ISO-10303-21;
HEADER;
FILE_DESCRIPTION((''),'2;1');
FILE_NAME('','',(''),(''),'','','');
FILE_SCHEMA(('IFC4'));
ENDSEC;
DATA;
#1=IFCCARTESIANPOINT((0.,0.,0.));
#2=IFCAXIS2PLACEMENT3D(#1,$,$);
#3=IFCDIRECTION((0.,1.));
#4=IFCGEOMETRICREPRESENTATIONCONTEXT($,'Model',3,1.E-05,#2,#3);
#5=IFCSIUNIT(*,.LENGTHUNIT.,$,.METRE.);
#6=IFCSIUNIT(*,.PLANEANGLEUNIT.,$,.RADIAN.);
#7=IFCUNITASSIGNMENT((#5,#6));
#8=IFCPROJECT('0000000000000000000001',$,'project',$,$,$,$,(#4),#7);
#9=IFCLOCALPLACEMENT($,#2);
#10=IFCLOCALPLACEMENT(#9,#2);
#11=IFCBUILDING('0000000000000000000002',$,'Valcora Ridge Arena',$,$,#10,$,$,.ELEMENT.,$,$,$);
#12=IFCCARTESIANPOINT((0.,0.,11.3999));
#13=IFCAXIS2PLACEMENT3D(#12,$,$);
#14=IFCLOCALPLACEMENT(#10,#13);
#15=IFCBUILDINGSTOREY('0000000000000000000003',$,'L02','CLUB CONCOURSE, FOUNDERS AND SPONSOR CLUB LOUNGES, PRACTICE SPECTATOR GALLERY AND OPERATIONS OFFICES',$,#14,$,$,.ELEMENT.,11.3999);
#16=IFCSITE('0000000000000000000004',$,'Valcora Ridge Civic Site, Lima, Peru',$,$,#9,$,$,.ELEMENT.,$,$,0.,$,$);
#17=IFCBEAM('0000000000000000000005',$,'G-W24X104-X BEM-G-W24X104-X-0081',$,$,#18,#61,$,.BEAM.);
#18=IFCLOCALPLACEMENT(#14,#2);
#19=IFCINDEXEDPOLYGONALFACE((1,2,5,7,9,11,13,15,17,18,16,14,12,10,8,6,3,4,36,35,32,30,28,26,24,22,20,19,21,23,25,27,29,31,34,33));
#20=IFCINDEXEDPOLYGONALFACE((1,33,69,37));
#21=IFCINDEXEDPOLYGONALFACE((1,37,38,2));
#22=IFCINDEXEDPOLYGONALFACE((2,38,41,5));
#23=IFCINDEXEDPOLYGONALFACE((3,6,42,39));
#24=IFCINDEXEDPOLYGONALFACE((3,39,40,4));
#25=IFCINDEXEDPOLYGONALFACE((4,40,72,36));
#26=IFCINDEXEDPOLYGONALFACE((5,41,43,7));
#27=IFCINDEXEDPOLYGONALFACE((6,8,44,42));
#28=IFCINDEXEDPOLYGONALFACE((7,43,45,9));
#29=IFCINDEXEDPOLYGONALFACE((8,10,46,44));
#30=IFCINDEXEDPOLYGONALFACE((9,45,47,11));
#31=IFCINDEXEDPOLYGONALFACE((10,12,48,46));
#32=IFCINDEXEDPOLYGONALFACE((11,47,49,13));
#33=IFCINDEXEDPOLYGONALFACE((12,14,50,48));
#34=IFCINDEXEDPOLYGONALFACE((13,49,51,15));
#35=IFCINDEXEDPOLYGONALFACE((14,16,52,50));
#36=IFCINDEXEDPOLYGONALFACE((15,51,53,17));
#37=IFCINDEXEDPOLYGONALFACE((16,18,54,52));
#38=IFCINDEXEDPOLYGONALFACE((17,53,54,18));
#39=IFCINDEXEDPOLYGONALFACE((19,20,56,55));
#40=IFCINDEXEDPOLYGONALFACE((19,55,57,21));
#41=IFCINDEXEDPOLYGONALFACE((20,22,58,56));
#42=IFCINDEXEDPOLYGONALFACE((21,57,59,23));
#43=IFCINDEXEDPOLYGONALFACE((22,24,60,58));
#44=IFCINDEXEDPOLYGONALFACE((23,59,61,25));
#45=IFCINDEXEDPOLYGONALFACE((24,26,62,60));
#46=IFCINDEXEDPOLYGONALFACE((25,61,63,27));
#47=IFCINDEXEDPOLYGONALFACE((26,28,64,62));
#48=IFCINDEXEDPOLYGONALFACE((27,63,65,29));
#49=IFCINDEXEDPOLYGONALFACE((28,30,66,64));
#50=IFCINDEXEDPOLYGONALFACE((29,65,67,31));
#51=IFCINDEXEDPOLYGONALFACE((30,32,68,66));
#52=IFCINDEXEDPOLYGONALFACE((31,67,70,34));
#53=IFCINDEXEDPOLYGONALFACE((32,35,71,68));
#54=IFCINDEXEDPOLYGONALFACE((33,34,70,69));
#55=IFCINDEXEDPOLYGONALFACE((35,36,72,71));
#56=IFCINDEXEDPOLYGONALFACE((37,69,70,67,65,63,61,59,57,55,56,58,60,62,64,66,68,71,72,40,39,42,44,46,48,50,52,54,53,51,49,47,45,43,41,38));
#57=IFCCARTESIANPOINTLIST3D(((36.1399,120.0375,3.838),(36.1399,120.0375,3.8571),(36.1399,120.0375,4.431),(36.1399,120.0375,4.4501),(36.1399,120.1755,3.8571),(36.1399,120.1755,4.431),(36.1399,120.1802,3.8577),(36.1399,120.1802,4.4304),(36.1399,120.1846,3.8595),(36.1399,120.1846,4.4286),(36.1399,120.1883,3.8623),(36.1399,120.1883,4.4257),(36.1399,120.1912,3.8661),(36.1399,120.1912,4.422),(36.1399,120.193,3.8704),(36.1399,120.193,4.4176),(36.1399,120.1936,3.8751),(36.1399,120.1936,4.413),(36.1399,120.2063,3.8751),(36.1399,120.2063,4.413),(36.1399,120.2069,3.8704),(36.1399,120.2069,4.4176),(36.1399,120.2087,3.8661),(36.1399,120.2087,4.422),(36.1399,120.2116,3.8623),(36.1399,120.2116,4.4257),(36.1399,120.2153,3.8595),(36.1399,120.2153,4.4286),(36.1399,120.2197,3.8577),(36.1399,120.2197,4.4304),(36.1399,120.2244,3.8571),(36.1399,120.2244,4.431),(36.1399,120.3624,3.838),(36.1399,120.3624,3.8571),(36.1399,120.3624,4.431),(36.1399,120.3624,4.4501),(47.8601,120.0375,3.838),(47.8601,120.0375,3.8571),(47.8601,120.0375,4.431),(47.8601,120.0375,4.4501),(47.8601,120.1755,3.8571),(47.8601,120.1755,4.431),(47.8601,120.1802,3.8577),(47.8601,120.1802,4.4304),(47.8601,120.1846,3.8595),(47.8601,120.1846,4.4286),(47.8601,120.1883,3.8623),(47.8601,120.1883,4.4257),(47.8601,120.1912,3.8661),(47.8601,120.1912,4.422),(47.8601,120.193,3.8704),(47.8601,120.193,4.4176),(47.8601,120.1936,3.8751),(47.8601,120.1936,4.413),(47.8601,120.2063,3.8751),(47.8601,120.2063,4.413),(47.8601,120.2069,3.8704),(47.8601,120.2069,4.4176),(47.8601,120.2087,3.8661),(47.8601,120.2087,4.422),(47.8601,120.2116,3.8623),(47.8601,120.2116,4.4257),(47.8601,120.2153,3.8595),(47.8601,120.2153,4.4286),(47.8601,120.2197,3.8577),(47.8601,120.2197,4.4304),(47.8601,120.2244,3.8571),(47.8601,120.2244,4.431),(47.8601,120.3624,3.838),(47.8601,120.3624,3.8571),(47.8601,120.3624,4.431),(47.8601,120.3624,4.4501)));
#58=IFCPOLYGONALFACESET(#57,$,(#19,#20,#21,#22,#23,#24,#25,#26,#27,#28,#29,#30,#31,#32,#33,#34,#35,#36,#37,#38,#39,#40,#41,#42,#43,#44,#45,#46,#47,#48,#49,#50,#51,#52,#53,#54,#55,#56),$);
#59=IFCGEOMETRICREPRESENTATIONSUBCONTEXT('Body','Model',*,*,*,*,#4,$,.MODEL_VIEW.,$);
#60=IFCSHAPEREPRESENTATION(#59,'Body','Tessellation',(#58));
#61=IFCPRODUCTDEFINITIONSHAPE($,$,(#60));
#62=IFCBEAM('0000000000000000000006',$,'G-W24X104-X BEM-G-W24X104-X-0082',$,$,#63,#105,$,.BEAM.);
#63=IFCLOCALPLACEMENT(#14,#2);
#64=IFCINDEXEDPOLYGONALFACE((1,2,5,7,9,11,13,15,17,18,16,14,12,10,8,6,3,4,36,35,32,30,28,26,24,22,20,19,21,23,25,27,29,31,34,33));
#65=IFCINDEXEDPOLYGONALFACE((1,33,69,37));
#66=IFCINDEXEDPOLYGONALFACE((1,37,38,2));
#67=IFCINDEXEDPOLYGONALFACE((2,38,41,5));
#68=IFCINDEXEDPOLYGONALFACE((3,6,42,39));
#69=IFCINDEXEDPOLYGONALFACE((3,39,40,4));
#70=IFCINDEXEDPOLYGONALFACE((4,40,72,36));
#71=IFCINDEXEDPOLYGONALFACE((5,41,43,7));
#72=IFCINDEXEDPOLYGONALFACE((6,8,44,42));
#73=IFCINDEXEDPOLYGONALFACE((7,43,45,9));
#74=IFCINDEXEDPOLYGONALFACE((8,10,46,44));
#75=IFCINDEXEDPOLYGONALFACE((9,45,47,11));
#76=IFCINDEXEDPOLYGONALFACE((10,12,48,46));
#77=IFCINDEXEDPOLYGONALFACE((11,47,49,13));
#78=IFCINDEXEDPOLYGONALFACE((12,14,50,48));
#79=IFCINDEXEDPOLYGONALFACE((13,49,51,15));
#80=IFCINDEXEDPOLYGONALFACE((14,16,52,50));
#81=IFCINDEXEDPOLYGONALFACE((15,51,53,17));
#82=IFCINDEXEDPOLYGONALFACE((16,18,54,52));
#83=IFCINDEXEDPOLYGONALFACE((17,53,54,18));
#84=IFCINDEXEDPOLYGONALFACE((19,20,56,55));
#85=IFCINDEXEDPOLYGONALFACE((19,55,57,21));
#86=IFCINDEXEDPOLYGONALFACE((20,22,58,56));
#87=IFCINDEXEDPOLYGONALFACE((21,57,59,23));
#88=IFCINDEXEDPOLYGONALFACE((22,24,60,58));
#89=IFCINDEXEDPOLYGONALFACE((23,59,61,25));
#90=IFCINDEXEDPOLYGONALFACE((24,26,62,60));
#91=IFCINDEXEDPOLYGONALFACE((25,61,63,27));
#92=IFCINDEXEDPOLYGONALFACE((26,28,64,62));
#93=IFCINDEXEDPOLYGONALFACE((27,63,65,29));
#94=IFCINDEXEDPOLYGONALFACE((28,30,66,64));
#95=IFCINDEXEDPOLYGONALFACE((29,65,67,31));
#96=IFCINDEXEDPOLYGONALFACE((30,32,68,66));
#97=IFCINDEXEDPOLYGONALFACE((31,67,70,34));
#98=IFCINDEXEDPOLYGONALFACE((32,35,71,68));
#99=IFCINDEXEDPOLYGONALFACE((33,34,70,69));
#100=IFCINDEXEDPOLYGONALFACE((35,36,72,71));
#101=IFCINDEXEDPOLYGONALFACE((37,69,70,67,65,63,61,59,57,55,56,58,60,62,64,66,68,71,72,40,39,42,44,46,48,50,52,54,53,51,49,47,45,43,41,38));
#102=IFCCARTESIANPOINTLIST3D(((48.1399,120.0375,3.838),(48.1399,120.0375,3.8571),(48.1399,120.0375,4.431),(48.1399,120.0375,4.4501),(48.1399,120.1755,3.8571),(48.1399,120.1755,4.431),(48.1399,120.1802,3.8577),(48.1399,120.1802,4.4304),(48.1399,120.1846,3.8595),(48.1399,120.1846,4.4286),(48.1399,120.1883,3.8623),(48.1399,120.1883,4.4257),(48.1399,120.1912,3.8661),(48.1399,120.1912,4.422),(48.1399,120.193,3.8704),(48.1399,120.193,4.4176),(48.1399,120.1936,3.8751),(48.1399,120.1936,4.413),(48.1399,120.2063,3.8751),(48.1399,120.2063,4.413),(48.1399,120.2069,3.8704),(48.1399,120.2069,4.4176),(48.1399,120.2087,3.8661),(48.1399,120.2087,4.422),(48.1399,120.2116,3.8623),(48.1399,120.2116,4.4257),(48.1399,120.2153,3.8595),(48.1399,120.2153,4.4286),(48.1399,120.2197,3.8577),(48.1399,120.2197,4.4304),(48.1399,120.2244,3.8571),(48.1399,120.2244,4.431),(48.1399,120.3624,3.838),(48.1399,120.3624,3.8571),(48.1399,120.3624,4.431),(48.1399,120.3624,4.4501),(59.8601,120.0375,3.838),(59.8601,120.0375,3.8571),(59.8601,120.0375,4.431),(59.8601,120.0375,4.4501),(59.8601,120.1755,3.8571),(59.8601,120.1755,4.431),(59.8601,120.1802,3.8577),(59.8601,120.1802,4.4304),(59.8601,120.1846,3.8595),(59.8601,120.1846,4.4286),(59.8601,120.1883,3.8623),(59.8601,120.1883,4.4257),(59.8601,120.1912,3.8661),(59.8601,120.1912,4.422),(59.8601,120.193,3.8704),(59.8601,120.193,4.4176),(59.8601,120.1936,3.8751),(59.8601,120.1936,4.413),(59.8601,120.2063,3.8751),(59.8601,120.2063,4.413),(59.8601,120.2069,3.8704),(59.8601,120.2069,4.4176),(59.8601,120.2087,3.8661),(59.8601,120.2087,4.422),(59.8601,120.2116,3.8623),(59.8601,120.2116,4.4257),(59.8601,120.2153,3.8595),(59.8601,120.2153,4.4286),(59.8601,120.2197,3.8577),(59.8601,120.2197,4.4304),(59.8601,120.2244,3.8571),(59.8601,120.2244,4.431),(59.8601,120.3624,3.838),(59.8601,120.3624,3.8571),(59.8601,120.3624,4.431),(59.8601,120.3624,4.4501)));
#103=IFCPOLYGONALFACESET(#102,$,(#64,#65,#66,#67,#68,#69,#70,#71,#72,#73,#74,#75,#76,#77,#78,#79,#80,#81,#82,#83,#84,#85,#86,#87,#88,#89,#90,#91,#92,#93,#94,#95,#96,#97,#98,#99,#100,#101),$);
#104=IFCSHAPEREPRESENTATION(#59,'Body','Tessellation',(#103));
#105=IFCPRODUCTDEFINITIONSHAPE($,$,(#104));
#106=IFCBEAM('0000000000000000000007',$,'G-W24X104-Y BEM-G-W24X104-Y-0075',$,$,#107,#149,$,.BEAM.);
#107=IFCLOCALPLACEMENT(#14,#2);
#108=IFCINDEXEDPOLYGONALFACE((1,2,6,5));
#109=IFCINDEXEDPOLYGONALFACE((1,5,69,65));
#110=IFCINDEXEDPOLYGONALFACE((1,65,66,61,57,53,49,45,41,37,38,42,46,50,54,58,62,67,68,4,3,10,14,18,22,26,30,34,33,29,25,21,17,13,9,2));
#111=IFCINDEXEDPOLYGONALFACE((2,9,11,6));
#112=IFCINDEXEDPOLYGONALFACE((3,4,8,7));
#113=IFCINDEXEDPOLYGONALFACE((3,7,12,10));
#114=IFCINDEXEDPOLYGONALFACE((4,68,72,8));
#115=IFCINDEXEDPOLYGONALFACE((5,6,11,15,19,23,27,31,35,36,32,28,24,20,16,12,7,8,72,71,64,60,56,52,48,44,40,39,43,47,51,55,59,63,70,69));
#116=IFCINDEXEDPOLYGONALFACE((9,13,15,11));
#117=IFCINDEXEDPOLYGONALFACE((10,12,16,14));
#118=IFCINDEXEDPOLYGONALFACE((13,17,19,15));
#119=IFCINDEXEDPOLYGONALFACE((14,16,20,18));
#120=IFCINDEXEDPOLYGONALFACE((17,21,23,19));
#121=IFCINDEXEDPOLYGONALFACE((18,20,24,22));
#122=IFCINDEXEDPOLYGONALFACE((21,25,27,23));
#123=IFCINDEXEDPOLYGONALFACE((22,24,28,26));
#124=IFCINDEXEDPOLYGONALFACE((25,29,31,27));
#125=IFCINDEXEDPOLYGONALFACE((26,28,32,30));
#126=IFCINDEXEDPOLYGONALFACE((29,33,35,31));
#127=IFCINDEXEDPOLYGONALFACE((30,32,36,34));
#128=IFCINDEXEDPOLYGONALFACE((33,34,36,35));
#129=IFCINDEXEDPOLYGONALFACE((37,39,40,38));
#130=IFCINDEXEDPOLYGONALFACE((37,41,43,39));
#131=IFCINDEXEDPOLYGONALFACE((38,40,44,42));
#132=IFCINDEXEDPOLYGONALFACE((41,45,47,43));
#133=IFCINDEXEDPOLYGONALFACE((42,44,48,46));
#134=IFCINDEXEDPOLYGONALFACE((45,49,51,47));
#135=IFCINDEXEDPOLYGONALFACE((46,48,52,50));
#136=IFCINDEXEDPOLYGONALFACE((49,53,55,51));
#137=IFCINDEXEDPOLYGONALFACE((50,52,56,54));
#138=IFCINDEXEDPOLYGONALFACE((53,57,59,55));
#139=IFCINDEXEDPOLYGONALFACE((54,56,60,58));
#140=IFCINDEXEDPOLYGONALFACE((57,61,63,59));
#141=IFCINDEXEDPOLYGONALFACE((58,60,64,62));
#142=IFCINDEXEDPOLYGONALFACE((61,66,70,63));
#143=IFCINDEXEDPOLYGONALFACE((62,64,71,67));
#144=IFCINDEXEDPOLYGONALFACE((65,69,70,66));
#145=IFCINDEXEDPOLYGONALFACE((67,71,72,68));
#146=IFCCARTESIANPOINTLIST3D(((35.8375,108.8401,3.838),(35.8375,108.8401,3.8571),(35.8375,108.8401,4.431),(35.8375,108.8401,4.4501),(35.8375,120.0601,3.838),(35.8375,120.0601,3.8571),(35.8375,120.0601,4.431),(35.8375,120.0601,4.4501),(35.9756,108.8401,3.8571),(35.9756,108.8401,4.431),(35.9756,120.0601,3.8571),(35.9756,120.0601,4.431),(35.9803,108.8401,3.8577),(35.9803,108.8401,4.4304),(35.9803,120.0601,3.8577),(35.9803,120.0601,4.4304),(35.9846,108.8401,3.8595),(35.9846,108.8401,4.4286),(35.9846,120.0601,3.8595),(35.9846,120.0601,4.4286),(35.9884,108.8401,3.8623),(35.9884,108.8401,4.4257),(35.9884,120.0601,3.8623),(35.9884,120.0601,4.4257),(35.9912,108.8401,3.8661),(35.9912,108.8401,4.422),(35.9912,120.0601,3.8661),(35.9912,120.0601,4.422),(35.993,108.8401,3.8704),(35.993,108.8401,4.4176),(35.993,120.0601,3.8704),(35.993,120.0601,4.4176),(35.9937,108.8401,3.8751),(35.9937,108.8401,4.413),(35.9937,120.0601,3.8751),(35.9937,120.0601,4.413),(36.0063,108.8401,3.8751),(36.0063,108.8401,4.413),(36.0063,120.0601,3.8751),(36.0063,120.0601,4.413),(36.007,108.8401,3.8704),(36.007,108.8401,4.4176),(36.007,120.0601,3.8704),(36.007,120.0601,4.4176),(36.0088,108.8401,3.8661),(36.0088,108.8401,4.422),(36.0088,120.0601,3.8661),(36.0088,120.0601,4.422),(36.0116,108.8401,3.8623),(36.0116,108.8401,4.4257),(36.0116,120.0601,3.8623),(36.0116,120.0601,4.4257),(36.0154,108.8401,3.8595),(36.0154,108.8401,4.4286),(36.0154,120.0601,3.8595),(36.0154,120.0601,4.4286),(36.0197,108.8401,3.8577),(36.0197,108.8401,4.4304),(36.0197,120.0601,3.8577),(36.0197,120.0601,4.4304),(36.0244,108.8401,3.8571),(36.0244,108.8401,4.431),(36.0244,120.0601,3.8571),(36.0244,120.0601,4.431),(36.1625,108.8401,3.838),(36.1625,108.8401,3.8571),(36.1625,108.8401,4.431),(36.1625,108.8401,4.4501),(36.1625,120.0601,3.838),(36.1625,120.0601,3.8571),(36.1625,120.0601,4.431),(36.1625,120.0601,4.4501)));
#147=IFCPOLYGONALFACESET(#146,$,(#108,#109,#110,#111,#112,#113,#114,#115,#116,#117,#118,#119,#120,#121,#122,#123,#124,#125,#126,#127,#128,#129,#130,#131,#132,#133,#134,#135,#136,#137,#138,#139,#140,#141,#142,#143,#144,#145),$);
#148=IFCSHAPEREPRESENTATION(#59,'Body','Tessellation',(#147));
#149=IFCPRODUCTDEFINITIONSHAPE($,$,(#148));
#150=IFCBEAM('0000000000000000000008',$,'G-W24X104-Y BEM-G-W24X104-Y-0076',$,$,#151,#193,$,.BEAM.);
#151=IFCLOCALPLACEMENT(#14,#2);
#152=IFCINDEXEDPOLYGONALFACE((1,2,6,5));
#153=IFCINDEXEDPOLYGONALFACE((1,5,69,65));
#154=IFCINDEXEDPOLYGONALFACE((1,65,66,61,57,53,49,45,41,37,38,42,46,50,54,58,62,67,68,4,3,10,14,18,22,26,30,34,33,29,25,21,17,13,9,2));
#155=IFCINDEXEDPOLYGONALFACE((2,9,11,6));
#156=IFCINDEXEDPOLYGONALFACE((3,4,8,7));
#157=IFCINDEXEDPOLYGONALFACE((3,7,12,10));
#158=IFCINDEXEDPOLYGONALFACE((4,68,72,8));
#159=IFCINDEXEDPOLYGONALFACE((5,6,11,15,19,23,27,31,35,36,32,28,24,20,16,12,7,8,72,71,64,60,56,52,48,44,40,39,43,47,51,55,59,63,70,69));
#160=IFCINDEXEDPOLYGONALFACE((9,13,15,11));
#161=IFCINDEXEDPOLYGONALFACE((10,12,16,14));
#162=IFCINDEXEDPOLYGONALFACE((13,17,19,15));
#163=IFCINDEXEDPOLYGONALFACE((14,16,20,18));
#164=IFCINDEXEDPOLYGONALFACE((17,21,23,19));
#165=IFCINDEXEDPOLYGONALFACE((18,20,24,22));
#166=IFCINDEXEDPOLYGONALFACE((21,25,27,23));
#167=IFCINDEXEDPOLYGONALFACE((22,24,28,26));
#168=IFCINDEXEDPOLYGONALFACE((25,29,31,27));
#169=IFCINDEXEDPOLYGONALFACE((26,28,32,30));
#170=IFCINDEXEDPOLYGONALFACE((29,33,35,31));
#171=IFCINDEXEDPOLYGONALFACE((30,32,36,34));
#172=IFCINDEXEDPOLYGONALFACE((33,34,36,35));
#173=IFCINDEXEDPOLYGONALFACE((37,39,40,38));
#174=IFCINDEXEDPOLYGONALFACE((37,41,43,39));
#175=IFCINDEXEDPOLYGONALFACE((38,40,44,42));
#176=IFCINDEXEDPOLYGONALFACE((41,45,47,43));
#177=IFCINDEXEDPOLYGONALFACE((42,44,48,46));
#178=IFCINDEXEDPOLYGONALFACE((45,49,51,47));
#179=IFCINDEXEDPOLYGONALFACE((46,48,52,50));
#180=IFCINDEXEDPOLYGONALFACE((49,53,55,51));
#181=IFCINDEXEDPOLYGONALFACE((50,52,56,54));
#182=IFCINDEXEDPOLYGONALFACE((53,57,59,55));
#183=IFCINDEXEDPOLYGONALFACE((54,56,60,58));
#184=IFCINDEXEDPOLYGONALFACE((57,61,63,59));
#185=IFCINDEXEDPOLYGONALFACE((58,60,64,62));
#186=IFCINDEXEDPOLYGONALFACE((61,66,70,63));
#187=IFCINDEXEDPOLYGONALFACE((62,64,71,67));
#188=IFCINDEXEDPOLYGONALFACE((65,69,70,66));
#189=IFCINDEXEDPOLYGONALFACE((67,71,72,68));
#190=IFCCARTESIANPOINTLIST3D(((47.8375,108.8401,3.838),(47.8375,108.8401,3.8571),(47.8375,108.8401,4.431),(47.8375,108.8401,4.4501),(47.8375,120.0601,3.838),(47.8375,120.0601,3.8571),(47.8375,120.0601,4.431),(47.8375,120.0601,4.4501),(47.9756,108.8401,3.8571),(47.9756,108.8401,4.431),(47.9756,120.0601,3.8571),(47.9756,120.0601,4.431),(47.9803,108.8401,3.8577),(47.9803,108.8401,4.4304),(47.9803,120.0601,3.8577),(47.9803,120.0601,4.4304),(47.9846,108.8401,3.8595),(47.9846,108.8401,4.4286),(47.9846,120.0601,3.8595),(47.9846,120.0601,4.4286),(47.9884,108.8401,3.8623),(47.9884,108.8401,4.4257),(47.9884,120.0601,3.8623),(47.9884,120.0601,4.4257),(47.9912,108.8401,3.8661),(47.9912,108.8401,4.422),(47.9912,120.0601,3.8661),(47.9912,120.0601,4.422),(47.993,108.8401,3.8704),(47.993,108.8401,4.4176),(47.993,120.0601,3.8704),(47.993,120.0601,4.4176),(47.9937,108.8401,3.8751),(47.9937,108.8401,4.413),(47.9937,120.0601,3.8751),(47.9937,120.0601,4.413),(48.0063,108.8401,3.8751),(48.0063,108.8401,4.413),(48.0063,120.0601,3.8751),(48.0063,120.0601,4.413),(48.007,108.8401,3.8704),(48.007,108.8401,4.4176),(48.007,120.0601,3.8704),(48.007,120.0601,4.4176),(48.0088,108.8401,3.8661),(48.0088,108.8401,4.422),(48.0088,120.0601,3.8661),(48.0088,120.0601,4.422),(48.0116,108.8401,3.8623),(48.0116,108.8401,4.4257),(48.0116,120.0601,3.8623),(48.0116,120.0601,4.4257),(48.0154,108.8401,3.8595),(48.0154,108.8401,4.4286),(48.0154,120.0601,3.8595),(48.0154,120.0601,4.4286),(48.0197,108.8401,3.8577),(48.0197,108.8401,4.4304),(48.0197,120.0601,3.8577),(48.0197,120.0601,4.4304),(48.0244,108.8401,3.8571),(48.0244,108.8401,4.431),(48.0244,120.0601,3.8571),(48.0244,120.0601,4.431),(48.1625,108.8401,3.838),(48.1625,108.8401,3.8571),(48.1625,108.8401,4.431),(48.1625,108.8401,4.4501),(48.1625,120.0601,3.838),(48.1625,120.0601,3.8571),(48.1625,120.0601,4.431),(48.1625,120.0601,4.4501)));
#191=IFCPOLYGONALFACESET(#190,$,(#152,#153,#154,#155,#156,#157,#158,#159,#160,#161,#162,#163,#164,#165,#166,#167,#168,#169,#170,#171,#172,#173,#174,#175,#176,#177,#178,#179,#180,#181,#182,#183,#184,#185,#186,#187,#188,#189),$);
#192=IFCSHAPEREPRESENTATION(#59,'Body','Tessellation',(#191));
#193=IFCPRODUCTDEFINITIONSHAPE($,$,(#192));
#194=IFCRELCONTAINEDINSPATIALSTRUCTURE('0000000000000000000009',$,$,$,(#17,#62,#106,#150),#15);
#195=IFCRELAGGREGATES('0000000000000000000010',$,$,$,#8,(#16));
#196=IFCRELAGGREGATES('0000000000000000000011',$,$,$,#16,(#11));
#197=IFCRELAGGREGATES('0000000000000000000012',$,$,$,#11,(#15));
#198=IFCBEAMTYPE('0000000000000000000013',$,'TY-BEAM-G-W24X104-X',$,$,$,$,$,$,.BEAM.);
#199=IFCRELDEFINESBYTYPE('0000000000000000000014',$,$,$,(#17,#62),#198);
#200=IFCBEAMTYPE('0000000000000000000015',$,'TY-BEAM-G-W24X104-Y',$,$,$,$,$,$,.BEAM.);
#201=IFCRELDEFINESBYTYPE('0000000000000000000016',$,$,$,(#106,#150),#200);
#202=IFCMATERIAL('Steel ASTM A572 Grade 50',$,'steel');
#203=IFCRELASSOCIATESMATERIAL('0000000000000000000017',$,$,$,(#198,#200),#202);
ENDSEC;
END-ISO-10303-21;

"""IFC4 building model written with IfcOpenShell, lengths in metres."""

from ifc_helpers import new_model, si_unit, direction, frame, origin, origin_2d, place, context, subcontext, project, spatial, i_section, extrude, material, material_profile, profile_set, type_object, element, save


model = new_model("IFC4")

# Units and contexts
model_context = context("Model", 3, precision=1e-05, world=origin(), true_north=direction((0.0, 1.0)))
body_context = subcontext(model_context, "Body", "Model", "MODEL_VIEW")
ifc_project = project(units=[si_unit("LENGTHUNIT", "METRE"), si_unit("PLANEANGLEUNIT", "RADIAN")], contexts=[model_context])

# Site, building, storey
site_placement = place(None, origin())
site = spatial("IfcSite", under=ifc_project, at=site_placement, Name="Valcora Ridge Civic Site, Lima, Peru", CompositionType="ELEMENT", RefElevation=0.0)
building_placement = place(site_placement, origin())
building = spatial("IfcBuilding", under=site, at=building_placement, Name="Valcora Ridge Arena", CompositionType="ELEMENT")
storey_placement = place(building_placement, frame((0.0, 0.0, 11.3999)))
storey = spatial("IfcBuildingStorey", under=building, at=storey_placement, Name="L02", Description="CLUB CONCOURSE, FOUNDERS AND SPONSOR CLUB LOUNGES, PRACTICE SPECTATOR GALLERY AND OPERATIONS OFFICES", CompositionType="ELEMENT", Elevation=11.3999)

# Beams
ifc_material_1 = material(Name="Steel ASTM A572 Grade 50", Category="steel")
ifc_material_profile_1 = material_profile(ifc_material_1, i_section(OverallWidth=0.325, OverallDepth=0.6121, WebThickness=0.0127, FlangeThickness=0.019, FilletRadius=0.0181, at=origin_2d()), Name="W24X104")
ifc_profile_set_1 = profile_set([ifc_material_profile_1], Name="Steel ASTM A572 Grade 50")
beam_type_1 = type_object("IfcBeamType", Name="TY-BEAM-G-W24X104-X", PredefinedType="BEAM", material=ifc_profile_set_1)
for number, where, z_axis, x_axis, name in (
    (1, (36.1399, 120.2, 4.144), (1.0, 0.0, 0.0), (0.0, 1.0, 0.0), "G-W24X104-X BEM-G-W24X104-X-0081"),
    (2, (48.1399, 120.2, 4.144), (1.0, 0.0, 0.0), (0.0, 1.0, 0.0), "G-W24X104-X BEM-G-W24X104-X-0082"),
):
    element("IfcBeam", number, at=place(storey_placement, frame(where, z_axis=z_axis, x_axis=x_axis)), inside=storey, type_object=beam_type_1, Name=name, PredefinedType="BEAM", context=body_context, shape_type="SweptSolid", body=[
        extrude(i_section(OverallWidth=0.325, OverallDepth=0.6121, WebThickness=0.0127, FlangeThickness=0.019, FilletRadius=0.0181, at=origin_2d()), origin(), (0.0, 0.0, 1.0), 11.7202),
    ])
ifc_material_profile_2 = material_profile(ifc_material_1, i_section(OverallWidth=0.325, OverallDepth=0.6121, WebThickness=0.0127, FlangeThickness=0.019, FilletRadius=0.0181, at=origin_2d()), Name="W24X104")
ifc_profile_set_2 = profile_set([ifc_material_profile_2], Name="Steel ASTM A572 Grade 50")
beam_type_2 = type_object("IfcBeamType", Name="TY-BEAM-G-W24X104-Y", PredefinedType="BEAM", material=ifc_profile_set_2)
for number, where, z_axis, x_axis, name in (
    (3, (36.0, 108.8401, 4.144), (0.0, 1.0, 0.0), (-1.0, 0.0, 0.0), "G-W24X104-Y BEM-G-W24X104-Y-0075"),
    (4, (48.0, 108.8401, 4.144), (0.0, 1.0, 0.0), (-1.0, 0.0, 0.0), "G-W24X104-Y BEM-G-W24X104-Y-0076"),
):
    element("IfcBeam", number, at=place(storey_placement, frame(where, z_axis=z_axis, x_axis=x_axis)), inside=storey, type_object=beam_type_2, Name=name, PredefinedType="BEAM", context=body_context, shape_type="SweptSolid", body=[
        extrude(i_section(OverallWidth=0.325, OverallDepth=0.6121, WebThickness=0.0127, FlangeThickness=0.019, FilletRadius=0.0181, at=origin_2d()), origin(), (0.0, 0.0, 1.0), 11.22),
    ])

save(model, "model.ifc")
